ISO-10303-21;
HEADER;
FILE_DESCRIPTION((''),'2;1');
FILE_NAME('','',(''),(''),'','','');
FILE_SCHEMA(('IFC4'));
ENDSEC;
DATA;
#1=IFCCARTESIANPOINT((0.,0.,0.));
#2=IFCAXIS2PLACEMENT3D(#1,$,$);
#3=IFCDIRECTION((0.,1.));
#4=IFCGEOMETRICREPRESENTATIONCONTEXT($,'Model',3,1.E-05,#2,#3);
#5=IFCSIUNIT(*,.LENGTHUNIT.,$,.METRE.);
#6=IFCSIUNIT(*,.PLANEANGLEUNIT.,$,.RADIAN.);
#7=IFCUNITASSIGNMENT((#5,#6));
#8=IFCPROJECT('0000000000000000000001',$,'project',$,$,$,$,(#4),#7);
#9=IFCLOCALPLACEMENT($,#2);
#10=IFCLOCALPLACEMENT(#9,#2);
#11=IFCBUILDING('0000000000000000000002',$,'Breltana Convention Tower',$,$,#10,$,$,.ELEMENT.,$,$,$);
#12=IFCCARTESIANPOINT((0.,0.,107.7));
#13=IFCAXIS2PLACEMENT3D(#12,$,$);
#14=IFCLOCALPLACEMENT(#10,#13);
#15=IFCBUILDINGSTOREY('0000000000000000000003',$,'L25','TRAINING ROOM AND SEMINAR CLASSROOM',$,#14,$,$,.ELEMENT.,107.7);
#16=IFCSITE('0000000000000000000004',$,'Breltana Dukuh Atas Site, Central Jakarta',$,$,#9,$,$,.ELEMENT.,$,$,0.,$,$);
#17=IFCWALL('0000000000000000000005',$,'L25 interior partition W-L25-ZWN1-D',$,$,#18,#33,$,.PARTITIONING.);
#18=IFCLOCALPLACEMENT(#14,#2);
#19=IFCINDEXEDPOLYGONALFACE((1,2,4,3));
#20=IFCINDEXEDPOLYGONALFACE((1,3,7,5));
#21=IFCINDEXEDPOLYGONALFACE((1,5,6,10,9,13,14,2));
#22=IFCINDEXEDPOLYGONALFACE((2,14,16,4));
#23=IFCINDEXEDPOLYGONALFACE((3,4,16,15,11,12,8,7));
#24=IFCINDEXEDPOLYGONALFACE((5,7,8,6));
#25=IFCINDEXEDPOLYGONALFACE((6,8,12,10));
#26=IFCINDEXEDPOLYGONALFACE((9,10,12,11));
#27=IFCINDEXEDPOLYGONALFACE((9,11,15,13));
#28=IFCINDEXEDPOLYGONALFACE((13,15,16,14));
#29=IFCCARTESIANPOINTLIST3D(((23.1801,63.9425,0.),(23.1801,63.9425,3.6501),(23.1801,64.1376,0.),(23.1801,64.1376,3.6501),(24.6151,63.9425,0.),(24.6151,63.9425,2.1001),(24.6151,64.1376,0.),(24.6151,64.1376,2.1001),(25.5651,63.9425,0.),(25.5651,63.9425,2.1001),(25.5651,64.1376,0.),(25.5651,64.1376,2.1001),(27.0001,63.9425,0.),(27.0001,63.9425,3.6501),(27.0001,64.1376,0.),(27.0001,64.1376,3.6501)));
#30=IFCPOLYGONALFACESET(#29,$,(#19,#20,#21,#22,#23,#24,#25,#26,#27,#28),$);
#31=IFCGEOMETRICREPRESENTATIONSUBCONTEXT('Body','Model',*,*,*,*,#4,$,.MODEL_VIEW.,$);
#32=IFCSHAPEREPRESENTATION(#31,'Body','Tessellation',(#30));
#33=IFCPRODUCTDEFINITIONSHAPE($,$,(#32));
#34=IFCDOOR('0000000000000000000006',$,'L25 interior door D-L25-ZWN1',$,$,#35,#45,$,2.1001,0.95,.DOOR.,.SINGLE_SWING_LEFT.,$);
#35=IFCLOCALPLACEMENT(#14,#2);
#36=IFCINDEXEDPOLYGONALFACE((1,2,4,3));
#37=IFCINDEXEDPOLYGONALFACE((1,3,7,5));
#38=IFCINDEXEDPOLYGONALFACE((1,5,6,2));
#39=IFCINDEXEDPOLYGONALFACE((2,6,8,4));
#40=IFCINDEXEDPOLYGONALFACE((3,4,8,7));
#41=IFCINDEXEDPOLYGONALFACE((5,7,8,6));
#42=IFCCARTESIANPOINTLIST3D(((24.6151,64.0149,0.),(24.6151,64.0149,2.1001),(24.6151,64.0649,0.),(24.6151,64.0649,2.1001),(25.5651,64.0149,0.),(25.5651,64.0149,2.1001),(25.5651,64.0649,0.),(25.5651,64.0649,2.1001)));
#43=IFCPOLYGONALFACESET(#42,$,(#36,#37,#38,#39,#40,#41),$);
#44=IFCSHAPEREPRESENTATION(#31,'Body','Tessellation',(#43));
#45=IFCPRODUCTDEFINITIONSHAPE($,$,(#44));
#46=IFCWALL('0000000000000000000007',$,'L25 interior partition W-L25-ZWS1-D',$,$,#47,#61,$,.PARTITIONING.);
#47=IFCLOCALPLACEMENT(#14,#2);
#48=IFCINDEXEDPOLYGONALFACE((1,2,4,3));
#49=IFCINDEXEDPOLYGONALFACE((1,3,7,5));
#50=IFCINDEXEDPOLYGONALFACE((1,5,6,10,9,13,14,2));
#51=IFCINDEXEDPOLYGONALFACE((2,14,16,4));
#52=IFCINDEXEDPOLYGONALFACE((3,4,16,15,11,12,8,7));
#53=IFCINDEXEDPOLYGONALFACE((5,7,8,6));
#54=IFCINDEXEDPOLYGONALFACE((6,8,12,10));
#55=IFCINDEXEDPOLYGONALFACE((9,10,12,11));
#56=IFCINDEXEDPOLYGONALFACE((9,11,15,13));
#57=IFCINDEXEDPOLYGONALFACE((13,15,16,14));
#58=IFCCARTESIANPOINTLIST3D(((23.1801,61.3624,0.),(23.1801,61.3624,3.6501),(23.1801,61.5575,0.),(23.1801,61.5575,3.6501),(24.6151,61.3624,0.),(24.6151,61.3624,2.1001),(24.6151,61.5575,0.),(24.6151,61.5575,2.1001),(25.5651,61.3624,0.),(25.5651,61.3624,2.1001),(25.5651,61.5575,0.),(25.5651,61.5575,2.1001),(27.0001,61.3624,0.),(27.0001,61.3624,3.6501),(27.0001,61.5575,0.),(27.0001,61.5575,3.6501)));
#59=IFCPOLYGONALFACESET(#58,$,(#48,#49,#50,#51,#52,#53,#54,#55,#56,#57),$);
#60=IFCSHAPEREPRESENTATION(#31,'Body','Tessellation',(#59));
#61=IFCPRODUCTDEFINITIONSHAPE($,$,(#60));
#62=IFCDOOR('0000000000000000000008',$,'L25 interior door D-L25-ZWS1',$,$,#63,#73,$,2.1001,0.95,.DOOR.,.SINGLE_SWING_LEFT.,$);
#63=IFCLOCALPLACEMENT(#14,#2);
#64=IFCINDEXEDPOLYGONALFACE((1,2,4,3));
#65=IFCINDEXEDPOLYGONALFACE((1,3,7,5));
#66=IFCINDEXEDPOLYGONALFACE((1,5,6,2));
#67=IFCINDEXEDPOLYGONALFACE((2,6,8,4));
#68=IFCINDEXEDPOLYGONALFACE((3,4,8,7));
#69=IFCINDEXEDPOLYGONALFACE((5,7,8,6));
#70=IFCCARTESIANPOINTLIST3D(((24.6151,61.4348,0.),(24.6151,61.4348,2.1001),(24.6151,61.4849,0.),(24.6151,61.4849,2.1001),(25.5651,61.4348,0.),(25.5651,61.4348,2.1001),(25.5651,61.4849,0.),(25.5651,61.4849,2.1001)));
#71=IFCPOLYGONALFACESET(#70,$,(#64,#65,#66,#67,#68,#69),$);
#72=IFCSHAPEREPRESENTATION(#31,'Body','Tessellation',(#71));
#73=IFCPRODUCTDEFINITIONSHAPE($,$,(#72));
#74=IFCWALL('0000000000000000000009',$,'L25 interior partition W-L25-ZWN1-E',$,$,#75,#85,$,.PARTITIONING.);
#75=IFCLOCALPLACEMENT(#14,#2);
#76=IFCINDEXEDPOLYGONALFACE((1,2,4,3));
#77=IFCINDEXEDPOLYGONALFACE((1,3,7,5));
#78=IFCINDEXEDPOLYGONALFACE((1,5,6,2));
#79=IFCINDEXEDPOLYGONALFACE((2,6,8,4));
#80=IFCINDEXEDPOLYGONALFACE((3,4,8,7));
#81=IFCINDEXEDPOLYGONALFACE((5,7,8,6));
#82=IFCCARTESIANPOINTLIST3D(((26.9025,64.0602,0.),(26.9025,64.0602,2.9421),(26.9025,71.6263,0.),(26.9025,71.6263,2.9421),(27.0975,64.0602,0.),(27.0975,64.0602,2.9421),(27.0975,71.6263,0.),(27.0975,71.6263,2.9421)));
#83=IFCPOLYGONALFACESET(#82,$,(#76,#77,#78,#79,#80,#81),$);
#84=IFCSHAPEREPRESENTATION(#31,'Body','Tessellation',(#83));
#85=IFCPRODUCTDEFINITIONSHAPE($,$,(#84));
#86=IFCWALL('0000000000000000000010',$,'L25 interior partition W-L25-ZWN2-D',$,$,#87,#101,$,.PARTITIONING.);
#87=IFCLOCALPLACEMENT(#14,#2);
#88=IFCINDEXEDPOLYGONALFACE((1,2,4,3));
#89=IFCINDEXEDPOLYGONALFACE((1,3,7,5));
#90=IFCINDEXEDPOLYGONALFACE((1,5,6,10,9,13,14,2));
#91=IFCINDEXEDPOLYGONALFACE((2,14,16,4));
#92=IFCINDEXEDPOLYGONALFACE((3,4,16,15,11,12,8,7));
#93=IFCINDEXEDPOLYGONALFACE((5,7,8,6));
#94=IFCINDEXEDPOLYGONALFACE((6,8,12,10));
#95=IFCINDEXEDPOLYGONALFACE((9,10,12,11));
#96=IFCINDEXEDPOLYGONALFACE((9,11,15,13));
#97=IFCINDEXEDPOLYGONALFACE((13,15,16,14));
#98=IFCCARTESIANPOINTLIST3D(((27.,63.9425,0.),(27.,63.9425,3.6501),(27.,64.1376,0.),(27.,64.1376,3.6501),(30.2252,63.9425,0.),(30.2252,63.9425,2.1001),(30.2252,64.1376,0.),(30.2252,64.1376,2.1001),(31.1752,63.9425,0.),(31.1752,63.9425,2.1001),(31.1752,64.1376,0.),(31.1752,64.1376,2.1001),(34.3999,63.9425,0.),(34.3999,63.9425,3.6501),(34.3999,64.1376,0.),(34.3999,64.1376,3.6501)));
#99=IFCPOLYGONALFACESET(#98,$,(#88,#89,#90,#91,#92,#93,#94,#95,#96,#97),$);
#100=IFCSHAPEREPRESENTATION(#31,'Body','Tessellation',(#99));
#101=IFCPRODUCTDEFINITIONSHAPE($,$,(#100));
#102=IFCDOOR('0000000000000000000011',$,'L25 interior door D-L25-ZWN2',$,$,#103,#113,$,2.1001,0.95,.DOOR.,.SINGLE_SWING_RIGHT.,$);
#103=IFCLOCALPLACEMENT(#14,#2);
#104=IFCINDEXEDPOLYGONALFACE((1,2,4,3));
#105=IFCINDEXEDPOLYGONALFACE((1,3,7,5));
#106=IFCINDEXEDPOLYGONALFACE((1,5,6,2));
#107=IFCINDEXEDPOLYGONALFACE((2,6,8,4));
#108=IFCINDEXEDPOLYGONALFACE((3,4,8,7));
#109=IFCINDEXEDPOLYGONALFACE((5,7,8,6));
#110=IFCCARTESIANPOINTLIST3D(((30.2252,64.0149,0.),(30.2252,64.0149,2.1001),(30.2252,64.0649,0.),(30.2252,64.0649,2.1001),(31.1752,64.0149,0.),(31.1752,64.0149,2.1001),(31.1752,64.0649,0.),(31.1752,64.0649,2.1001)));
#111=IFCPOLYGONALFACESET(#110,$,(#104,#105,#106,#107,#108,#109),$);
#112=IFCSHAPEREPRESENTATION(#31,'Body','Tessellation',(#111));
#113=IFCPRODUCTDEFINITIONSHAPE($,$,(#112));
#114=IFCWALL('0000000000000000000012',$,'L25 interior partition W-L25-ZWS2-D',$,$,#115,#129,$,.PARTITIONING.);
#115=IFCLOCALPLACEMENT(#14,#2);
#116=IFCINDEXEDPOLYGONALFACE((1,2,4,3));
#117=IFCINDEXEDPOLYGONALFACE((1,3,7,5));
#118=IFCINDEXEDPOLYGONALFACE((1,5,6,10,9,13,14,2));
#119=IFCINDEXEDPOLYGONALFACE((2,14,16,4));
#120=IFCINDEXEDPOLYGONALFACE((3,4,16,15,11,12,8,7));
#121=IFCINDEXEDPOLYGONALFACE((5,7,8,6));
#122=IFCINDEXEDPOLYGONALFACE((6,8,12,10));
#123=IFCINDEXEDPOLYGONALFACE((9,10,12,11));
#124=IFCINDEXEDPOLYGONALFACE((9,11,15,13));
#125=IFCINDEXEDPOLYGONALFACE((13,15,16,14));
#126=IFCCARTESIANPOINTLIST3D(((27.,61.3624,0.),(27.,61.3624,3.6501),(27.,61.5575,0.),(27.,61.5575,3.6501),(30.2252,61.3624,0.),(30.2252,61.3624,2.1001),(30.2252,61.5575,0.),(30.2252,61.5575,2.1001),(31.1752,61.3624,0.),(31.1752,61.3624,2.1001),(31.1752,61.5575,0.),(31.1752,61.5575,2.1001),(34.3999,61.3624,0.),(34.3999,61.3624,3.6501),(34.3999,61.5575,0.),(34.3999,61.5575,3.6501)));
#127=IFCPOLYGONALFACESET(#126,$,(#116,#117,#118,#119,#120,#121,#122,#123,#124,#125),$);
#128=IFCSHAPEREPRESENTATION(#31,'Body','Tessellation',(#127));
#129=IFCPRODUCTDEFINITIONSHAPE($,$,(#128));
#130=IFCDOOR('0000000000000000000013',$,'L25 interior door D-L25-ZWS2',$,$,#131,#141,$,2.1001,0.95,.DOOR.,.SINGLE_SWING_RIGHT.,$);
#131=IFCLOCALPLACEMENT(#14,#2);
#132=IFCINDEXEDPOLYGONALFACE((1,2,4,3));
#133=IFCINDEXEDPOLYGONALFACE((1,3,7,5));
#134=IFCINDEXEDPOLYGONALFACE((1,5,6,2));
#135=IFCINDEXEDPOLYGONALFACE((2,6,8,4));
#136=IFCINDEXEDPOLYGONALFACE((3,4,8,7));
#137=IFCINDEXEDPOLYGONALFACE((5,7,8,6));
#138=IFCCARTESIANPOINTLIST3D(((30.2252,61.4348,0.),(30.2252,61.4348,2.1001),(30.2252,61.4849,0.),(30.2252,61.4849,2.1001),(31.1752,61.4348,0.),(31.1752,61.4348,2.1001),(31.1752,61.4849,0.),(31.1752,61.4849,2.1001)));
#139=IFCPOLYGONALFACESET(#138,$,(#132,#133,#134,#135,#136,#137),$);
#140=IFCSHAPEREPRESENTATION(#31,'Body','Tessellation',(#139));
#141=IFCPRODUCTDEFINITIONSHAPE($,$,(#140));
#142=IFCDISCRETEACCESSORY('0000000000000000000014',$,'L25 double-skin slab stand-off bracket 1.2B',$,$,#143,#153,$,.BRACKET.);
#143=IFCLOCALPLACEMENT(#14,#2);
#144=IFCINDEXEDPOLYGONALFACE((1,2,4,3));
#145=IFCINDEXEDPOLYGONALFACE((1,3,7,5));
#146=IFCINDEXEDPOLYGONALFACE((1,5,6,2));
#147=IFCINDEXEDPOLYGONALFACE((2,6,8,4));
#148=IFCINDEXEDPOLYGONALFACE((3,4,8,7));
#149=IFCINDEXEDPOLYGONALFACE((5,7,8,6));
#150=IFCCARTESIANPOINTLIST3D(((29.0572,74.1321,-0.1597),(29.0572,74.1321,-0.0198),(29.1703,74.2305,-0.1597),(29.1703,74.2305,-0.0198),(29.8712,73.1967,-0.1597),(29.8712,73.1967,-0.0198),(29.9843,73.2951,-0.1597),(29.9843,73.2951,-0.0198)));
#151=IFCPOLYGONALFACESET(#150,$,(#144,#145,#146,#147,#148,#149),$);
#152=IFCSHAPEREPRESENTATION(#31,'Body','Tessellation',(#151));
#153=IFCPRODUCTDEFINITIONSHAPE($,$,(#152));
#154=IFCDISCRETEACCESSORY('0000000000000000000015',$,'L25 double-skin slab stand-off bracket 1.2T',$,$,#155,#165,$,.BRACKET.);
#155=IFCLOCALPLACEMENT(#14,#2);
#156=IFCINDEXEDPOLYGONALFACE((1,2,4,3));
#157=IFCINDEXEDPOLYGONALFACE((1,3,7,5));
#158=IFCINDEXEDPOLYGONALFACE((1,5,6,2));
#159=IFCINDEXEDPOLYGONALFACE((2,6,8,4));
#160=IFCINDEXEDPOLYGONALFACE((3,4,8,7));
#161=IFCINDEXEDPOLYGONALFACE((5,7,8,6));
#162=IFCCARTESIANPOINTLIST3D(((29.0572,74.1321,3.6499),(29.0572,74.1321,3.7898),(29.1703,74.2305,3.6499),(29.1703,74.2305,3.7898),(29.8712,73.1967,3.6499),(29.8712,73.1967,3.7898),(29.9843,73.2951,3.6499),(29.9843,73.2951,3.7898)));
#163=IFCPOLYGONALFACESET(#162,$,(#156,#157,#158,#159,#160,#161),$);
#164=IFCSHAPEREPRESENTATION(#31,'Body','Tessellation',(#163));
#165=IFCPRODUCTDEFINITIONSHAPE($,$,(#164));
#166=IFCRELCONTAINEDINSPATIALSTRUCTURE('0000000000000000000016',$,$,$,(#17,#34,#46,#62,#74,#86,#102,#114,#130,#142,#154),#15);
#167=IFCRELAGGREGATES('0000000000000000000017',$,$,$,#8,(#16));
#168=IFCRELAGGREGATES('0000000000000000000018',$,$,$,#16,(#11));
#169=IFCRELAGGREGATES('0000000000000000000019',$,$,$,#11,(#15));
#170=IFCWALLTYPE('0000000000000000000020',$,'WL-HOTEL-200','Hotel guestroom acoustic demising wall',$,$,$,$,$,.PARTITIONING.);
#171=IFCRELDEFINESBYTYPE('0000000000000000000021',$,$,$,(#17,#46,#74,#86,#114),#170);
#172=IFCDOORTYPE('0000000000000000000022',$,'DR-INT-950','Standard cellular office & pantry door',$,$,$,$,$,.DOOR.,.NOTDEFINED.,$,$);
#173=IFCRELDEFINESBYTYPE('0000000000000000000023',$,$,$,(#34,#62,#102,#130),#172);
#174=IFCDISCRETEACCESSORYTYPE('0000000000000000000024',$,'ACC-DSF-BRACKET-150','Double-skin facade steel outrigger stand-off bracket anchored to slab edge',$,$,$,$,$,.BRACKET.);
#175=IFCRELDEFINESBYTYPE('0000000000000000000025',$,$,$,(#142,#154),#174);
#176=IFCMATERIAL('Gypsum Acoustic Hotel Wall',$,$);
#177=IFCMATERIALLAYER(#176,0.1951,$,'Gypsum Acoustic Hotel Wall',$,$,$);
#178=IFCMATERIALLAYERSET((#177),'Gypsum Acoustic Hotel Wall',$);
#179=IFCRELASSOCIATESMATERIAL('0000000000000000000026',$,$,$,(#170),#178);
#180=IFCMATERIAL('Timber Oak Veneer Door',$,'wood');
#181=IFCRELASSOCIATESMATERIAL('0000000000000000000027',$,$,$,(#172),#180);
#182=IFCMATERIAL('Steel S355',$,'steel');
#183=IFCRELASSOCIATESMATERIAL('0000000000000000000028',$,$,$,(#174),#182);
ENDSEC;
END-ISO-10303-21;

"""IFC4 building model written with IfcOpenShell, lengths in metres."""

from ifc_helpers import new_model, si_unit, direction, frame, frame_2d, origin, origin_2d, place, context, subcontext, project, spatial, rectangle, extrude, source, transform, mapped, material, layer, layer_set, type_object, type_shapes, element, fill, save


model = new_model("IFC4")

# Units and contexts
model_context = context("Model", 3, precision=1e-05, world=origin(), true_north=direction((0.0, 1.0)))
body_context = subcontext(model_context, "Body", "Model", "MODEL_VIEW")
ifc_project = project(units=[si_unit("LENGTHUNIT", "METRE"), si_unit("PLANEANGLEUNIT", "RADIAN")], contexts=[model_context])

# Site, building, storey
site_placement = place(None, origin())
site = spatial("IfcSite", under=ifc_project, at=site_placement, Name="Breltana Dukuh Atas Site, Central Jakarta", CompositionType="ELEMENT", RefElevation=0.0)
building_placement = place(site_placement, origin())
building = spatial("IfcBuilding", under=site, at=building_placement, Name="Breltana Convention Tower", CompositionType="ELEMENT")
storey_placement = place(building_placement, frame((0.0, 0.0, 107.7)))
storey = spatial("IfcBuildingStorey", under=building, at=storey_placement, Name="L25", Description="TRAINING ROOM AND SEMINAR CLASSROOM", CompositionType="ELEMENT", Elevation=107.7)

# Walls, openings, doors
ifc_material_1 = material(Name="Gypsum Acoustic Hotel Wall")
ifc_layer_1 = layer(ifc_material_1, 0.1951, Name="Gypsum Acoustic Hotel Wall")
ifc_layer_set_1 = layer_set([ifc_layer_1], Name="Gypsum Acoustic Hotel Wall")
wall_type_1 = type_object("IfcWallType", Name="WL-HOTEL-200", Description="Hotel guestroom acoustic demising wall", PredefinedType="PARTITIONING", material=ifc_layer_set_1)
shared_shape_1 = source(origin(), body_context, "Body", "SweptSolid", [
    extrude(rectangle(XDim=3.8201, YDim=0.1951, at=frame_2d((1.9102, 0.0))), origin(), (0.0, 0.0, 1.0), 3.6501),
])
wall_1_placement = place(storey_placement, frame((23.1799, 64.04, 0.0), z_axis=(0.0, 0.0, 1.0), x_axis=(1.0, 0.0, 0.0)))
wall_1 = element("IfcWall", 1, at=wall_1_placement, inside=storey, type_object=wall_type_1, Name="L25 interior partition W-L25-ZWN1-D", PredefinedType="PARTITIONING", context=body_context, shape_type="MappedRepresentation", body=[
    mapped(shared_shape_1, transform((0.0, 0.0, 0.0), scale=1.0)),
])
opening_1_placement = place(wall_1_placement, frame((1.4351, 0.0, 0.0)))
opening_1 = element("IfcOpeningElement", 2, at=opening_1_placement, cuts=wall_1, PredefinedType="OPENING", context=body_context, shape_type="SweptSolid", body=[
    extrude(rectangle(XDim=0.95, YDim=2.1001, at=frame_2d((0.4751, 1.05))), frame((0.0, 0.1074, 0.0), z_axis=(0.0, -1.0, 0.0), x_axis=(1.0, 0.0, 0.0)), (0.0, 0.0, 1.0), 0.2151),
])
ifc_material_2 = material(Name="Timber Oak Veneer Door", Category="wood")
door_type_1 = type_object("IfcDoorType", Name="DR-INT-950", Description="Standard cellular office & pantry door", OperationType="NOTDEFINED", PredefinedType="DOOR", material=ifc_material_2)
shared_shape_2 = source(origin(), body_context, "Body", "SweptSolid", [
    extrude(rectangle(XDim=0.95, YDim=2.1001, at=frame_2d((0.4751, 1.05))), frame((0.0, 0.0249, 0.0), z_axis=(0.0, -1.0, 0.0), x_axis=(1.0, 0.0, 0.0)), (0.0, 0.0, 1.0), 0.05),
])
type_shapes(door_type_1, [shared_shape_2])
door_1_placement = place(opening_1_placement, origin())
door_1 = element("IfcDoor", 3, at=door_1_placement, inside=storey, type_object=door_type_1, Name="L25 interior door D-L25-ZWN1", OperationType="SINGLE_SWING_LEFT", OverallHeight=2.1001, OverallWidth=0.95, PredefinedType="DOOR", context=body_context, shape_type="MappedRepresentation", body=[
    mapped(shared_shape_2, transform((0.0, 0.0, 0.0), scale=1.0)),
])
fill(opening_1, door_1)
wall_2_placement = place(storey_placement, frame((23.1799, 61.46, 0.0), z_axis=(0.0, 0.0, 1.0), x_axis=(1.0, 0.0, 0.0)))
wall_2 = element("IfcWall", 4, at=wall_2_placement, inside=storey, type_object=wall_type_1, Name="L25 interior partition W-L25-ZWS1-D", PredefinedType="PARTITIONING", context=body_context, shape_type="MappedRepresentation", body=[
    mapped(shared_shape_1, transform((0.0, 0.0, 0.0), scale=1.0)),
])
opening_2_placement = place(wall_2_placement, frame((1.4351, 0.0, 0.0)))
opening_2 = element("IfcOpeningElement", 5, at=opening_2_placement, cuts=wall_2, PredefinedType="OPENING", context=body_context, shape_type="SweptSolid", body=[
    extrude(rectangle(XDim=0.95, YDim=2.1001, at=frame_2d((0.4751, 1.05))), frame((0.0, 0.1074, 0.0), z_axis=(0.0, -1.0, 0.0), x_axis=(1.0, 0.0, 0.0)), (0.0, 0.0, 1.0), 0.2151),
])
door_2_placement = place(opening_2_placement, origin())
door_2 = element("IfcDoor", 6, at=door_2_placement, inside=storey, type_object=door_type_1, Name="L25 interior door D-L25-ZWS1", OperationType="SINGLE_SWING_LEFT", OverallHeight=2.1001, OverallWidth=0.95, PredefinedType="DOOR", context=body_context, shape_type="MappedRepresentation", body=[
    mapped(shared_shape_2, transform((0.0, 0.0, 0.0), scale=1.0)),
])
fill(opening_2, door_2)

# Wall
shared_shape_3 = source(origin(), body_context, "Body", "SweptSolid", [
    extrude(rectangle(XDim=7.5662, YDim=0.1951, at=frame_2d((3.7832, 0.0))), origin(), (0.0, 0.0, 1.0), 2.9421),
])
wall_3_placement = place(storey_placement, frame((27.0, 64.0601, 0.0), z_axis=(0.0, 0.0, 1.0), x_axis=(0.0, 1.0, 0.0)))
element("IfcWall", 7, at=wall_3_placement, inside=storey, type_object=wall_type_1, Name="L25 interior partition W-L25-ZWN1-E", PredefinedType="PARTITIONING", context=body_context, shape_type="MappedRepresentation", body=[
    mapped(shared_shape_3, transform((0.0, 0.0, 0.0), scale=1.0)),
])

# Walls, openings, doors
shared_shape_4 = source(origin(), body_context, "Body", "SweptSolid", [
    extrude(rectangle(XDim=7.3999, YDim=0.1951, at=frame_2d((3.7, 0.0))), origin(), (0.0, 0.0, 1.0), 3.6501),
])
wall_4_placement = place(storey_placement, frame((27.0, 64.04, 0.0), z_axis=(0.0, 0.0, 1.0), x_axis=(1.0, 0.0, 0.0)))
wall_4 = element("IfcWall", 8, at=wall_4_placement, inside=storey, type_object=wall_type_1, Name="L25 interior partition W-L25-ZWN2-D", PredefinedType="PARTITIONING", context=body_context, shape_type="MappedRepresentation", body=[
    mapped(shared_shape_4, transform((0.0, 0.0, 0.0), scale=1.0)),
])
opening_3_placement = place(wall_4_placement, frame((3.2251, 0.0, 0.0)))
opening_3 = element("IfcOpeningElement", 9, at=opening_3_placement, cuts=wall_4, PredefinedType="OPENING", context=body_context, shape_type="SweptSolid", body=[
    extrude(rectangle(XDim=0.95, YDim=2.1001, at=frame_2d((0.4751, 1.05))), frame((0.0, 0.1074, 0.0), z_axis=(0.0, -1.0, 0.0), x_axis=(1.0, 0.0, 0.0)), (0.0, 0.0, 1.0), 0.2151),
])
door_3_placement = place(opening_3_placement, origin())
door_3 = element("IfcDoor", 10, at=door_3_placement, inside=storey, type_object=door_type_1, Name="L25 interior door D-L25-ZWN2", OperationType="SINGLE_SWING_RIGHT", OverallHeight=2.1001, OverallWidth=0.95, PredefinedType="DOOR", context=body_context, shape_type="MappedRepresentation", body=[
    mapped(shared_shape_2, transform((0.0, 0.0, 0.0), scale=1.0)),
])
fill(opening_3, door_3)
wall_5_placement = place(storey_placement, frame((27.0, 61.46, 0.0), z_axis=(0.0, 0.0, 1.0), x_axis=(1.0, 0.0, 0.0)))
wall_5 = element("IfcWall", 11, at=wall_5_placement, inside=storey, type_object=wall_type_1, Name="L25 interior partition W-L25-ZWS2-D", PredefinedType="PARTITIONING", context=body_context, shape_type="MappedRepresentation", body=[
    mapped(shared_shape_4, transform((0.0, 0.0, 0.0), scale=1.0)),
])
opening_4_placement = place(wall_5_placement, frame((3.2251, 0.0, 0.0)))
opening_4 = element("IfcOpeningElement", 12, at=opening_4_placement, cuts=wall_5, PredefinedType="OPENING", context=body_context, shape_type="SweptSolid", body=[
    extrude(rectangle(XDim=0.95, YDim=2.1001, at=frame_2d((0.4751, 1.05))), frame((0.0, 0.1074, 0.0), z_axis=(0.0, -1.0, 0.0), x_axis=(1.0, 0.0, 0.0)), (0.0, 0.0, 1.0), 0.2151),
])
door_4_placement = place(opening_4_placement, origin())
door_4 = element("IfcDoor", 13, at=door_4_placement, inside=storey, type_object=door_type_1, Name="L25 interior door D-L25-ZWS2", OperationType="SINGLE_SWING_RIGHT", OverallHeight=2.1001, OverallWidth=0.95, PredefinedType="DOOR", context=body_context, shape_type="MappedRepresentation", body=[
    mapped(shared_shape_2, transform((0.0, 0.0, 0.0), scale=1.0)),
])
fill(opening_4, door_4)

# Discrete accessories
ifc_material_3 = material(Name="Steel S355", Category="steel")
discrete_accessory_type_1 = type_object("IfcDiscreteAccessoryType", Name="ACC-DSF-BRACKET-150", Description="Double-skin facade steel outrigger stand-off bracket anchored to slab edge", PredefinedType="BRACKET", material=ifc_material_3)
shared_shape_5 = source(origin(), body_context, "Body", "SweptSolid", [
    extrude(rectangle(XDim=1.24, YDim=0.1499, at=origin_2d()), origin(), (0.0, 0.0, 1.0), 0.1399),
])
type_shapes(discrete_accessory_type_1, [shared_shape_5])
for number, where, z_axis, x_axis, name in (
    (14, (29.5208, 73.7136, -0.1597), (0.0, 0.0, 1.0), (-0.656454, 0.754366, 0.0), "L25 double-skin slab stand-off bracket 1.2B"),
    (15, (29.5208, 73.7136, 3.6499), (0.0, 0.0, 1.0), (-0.656454, 0.754366, 0.0), "L25 double-skin slab stand-off bracket 1.2T"),
):
    element("IfcDiscreteAccessory", number, at=place(storey_placement, frame(where, z_axis=z_axis, x_axis=x_axis)), inside=storey, type_object=discrete_accessory_type_1, Name=name, PredefinedType="BRACKET", context=body_context, shape_type="MappedRepresentation", body=[
        mapped(shared_shape_5, transform((0.0, 0.0, 0.0), scale=1.0)),
    ])

save(model, "model.ifc")
